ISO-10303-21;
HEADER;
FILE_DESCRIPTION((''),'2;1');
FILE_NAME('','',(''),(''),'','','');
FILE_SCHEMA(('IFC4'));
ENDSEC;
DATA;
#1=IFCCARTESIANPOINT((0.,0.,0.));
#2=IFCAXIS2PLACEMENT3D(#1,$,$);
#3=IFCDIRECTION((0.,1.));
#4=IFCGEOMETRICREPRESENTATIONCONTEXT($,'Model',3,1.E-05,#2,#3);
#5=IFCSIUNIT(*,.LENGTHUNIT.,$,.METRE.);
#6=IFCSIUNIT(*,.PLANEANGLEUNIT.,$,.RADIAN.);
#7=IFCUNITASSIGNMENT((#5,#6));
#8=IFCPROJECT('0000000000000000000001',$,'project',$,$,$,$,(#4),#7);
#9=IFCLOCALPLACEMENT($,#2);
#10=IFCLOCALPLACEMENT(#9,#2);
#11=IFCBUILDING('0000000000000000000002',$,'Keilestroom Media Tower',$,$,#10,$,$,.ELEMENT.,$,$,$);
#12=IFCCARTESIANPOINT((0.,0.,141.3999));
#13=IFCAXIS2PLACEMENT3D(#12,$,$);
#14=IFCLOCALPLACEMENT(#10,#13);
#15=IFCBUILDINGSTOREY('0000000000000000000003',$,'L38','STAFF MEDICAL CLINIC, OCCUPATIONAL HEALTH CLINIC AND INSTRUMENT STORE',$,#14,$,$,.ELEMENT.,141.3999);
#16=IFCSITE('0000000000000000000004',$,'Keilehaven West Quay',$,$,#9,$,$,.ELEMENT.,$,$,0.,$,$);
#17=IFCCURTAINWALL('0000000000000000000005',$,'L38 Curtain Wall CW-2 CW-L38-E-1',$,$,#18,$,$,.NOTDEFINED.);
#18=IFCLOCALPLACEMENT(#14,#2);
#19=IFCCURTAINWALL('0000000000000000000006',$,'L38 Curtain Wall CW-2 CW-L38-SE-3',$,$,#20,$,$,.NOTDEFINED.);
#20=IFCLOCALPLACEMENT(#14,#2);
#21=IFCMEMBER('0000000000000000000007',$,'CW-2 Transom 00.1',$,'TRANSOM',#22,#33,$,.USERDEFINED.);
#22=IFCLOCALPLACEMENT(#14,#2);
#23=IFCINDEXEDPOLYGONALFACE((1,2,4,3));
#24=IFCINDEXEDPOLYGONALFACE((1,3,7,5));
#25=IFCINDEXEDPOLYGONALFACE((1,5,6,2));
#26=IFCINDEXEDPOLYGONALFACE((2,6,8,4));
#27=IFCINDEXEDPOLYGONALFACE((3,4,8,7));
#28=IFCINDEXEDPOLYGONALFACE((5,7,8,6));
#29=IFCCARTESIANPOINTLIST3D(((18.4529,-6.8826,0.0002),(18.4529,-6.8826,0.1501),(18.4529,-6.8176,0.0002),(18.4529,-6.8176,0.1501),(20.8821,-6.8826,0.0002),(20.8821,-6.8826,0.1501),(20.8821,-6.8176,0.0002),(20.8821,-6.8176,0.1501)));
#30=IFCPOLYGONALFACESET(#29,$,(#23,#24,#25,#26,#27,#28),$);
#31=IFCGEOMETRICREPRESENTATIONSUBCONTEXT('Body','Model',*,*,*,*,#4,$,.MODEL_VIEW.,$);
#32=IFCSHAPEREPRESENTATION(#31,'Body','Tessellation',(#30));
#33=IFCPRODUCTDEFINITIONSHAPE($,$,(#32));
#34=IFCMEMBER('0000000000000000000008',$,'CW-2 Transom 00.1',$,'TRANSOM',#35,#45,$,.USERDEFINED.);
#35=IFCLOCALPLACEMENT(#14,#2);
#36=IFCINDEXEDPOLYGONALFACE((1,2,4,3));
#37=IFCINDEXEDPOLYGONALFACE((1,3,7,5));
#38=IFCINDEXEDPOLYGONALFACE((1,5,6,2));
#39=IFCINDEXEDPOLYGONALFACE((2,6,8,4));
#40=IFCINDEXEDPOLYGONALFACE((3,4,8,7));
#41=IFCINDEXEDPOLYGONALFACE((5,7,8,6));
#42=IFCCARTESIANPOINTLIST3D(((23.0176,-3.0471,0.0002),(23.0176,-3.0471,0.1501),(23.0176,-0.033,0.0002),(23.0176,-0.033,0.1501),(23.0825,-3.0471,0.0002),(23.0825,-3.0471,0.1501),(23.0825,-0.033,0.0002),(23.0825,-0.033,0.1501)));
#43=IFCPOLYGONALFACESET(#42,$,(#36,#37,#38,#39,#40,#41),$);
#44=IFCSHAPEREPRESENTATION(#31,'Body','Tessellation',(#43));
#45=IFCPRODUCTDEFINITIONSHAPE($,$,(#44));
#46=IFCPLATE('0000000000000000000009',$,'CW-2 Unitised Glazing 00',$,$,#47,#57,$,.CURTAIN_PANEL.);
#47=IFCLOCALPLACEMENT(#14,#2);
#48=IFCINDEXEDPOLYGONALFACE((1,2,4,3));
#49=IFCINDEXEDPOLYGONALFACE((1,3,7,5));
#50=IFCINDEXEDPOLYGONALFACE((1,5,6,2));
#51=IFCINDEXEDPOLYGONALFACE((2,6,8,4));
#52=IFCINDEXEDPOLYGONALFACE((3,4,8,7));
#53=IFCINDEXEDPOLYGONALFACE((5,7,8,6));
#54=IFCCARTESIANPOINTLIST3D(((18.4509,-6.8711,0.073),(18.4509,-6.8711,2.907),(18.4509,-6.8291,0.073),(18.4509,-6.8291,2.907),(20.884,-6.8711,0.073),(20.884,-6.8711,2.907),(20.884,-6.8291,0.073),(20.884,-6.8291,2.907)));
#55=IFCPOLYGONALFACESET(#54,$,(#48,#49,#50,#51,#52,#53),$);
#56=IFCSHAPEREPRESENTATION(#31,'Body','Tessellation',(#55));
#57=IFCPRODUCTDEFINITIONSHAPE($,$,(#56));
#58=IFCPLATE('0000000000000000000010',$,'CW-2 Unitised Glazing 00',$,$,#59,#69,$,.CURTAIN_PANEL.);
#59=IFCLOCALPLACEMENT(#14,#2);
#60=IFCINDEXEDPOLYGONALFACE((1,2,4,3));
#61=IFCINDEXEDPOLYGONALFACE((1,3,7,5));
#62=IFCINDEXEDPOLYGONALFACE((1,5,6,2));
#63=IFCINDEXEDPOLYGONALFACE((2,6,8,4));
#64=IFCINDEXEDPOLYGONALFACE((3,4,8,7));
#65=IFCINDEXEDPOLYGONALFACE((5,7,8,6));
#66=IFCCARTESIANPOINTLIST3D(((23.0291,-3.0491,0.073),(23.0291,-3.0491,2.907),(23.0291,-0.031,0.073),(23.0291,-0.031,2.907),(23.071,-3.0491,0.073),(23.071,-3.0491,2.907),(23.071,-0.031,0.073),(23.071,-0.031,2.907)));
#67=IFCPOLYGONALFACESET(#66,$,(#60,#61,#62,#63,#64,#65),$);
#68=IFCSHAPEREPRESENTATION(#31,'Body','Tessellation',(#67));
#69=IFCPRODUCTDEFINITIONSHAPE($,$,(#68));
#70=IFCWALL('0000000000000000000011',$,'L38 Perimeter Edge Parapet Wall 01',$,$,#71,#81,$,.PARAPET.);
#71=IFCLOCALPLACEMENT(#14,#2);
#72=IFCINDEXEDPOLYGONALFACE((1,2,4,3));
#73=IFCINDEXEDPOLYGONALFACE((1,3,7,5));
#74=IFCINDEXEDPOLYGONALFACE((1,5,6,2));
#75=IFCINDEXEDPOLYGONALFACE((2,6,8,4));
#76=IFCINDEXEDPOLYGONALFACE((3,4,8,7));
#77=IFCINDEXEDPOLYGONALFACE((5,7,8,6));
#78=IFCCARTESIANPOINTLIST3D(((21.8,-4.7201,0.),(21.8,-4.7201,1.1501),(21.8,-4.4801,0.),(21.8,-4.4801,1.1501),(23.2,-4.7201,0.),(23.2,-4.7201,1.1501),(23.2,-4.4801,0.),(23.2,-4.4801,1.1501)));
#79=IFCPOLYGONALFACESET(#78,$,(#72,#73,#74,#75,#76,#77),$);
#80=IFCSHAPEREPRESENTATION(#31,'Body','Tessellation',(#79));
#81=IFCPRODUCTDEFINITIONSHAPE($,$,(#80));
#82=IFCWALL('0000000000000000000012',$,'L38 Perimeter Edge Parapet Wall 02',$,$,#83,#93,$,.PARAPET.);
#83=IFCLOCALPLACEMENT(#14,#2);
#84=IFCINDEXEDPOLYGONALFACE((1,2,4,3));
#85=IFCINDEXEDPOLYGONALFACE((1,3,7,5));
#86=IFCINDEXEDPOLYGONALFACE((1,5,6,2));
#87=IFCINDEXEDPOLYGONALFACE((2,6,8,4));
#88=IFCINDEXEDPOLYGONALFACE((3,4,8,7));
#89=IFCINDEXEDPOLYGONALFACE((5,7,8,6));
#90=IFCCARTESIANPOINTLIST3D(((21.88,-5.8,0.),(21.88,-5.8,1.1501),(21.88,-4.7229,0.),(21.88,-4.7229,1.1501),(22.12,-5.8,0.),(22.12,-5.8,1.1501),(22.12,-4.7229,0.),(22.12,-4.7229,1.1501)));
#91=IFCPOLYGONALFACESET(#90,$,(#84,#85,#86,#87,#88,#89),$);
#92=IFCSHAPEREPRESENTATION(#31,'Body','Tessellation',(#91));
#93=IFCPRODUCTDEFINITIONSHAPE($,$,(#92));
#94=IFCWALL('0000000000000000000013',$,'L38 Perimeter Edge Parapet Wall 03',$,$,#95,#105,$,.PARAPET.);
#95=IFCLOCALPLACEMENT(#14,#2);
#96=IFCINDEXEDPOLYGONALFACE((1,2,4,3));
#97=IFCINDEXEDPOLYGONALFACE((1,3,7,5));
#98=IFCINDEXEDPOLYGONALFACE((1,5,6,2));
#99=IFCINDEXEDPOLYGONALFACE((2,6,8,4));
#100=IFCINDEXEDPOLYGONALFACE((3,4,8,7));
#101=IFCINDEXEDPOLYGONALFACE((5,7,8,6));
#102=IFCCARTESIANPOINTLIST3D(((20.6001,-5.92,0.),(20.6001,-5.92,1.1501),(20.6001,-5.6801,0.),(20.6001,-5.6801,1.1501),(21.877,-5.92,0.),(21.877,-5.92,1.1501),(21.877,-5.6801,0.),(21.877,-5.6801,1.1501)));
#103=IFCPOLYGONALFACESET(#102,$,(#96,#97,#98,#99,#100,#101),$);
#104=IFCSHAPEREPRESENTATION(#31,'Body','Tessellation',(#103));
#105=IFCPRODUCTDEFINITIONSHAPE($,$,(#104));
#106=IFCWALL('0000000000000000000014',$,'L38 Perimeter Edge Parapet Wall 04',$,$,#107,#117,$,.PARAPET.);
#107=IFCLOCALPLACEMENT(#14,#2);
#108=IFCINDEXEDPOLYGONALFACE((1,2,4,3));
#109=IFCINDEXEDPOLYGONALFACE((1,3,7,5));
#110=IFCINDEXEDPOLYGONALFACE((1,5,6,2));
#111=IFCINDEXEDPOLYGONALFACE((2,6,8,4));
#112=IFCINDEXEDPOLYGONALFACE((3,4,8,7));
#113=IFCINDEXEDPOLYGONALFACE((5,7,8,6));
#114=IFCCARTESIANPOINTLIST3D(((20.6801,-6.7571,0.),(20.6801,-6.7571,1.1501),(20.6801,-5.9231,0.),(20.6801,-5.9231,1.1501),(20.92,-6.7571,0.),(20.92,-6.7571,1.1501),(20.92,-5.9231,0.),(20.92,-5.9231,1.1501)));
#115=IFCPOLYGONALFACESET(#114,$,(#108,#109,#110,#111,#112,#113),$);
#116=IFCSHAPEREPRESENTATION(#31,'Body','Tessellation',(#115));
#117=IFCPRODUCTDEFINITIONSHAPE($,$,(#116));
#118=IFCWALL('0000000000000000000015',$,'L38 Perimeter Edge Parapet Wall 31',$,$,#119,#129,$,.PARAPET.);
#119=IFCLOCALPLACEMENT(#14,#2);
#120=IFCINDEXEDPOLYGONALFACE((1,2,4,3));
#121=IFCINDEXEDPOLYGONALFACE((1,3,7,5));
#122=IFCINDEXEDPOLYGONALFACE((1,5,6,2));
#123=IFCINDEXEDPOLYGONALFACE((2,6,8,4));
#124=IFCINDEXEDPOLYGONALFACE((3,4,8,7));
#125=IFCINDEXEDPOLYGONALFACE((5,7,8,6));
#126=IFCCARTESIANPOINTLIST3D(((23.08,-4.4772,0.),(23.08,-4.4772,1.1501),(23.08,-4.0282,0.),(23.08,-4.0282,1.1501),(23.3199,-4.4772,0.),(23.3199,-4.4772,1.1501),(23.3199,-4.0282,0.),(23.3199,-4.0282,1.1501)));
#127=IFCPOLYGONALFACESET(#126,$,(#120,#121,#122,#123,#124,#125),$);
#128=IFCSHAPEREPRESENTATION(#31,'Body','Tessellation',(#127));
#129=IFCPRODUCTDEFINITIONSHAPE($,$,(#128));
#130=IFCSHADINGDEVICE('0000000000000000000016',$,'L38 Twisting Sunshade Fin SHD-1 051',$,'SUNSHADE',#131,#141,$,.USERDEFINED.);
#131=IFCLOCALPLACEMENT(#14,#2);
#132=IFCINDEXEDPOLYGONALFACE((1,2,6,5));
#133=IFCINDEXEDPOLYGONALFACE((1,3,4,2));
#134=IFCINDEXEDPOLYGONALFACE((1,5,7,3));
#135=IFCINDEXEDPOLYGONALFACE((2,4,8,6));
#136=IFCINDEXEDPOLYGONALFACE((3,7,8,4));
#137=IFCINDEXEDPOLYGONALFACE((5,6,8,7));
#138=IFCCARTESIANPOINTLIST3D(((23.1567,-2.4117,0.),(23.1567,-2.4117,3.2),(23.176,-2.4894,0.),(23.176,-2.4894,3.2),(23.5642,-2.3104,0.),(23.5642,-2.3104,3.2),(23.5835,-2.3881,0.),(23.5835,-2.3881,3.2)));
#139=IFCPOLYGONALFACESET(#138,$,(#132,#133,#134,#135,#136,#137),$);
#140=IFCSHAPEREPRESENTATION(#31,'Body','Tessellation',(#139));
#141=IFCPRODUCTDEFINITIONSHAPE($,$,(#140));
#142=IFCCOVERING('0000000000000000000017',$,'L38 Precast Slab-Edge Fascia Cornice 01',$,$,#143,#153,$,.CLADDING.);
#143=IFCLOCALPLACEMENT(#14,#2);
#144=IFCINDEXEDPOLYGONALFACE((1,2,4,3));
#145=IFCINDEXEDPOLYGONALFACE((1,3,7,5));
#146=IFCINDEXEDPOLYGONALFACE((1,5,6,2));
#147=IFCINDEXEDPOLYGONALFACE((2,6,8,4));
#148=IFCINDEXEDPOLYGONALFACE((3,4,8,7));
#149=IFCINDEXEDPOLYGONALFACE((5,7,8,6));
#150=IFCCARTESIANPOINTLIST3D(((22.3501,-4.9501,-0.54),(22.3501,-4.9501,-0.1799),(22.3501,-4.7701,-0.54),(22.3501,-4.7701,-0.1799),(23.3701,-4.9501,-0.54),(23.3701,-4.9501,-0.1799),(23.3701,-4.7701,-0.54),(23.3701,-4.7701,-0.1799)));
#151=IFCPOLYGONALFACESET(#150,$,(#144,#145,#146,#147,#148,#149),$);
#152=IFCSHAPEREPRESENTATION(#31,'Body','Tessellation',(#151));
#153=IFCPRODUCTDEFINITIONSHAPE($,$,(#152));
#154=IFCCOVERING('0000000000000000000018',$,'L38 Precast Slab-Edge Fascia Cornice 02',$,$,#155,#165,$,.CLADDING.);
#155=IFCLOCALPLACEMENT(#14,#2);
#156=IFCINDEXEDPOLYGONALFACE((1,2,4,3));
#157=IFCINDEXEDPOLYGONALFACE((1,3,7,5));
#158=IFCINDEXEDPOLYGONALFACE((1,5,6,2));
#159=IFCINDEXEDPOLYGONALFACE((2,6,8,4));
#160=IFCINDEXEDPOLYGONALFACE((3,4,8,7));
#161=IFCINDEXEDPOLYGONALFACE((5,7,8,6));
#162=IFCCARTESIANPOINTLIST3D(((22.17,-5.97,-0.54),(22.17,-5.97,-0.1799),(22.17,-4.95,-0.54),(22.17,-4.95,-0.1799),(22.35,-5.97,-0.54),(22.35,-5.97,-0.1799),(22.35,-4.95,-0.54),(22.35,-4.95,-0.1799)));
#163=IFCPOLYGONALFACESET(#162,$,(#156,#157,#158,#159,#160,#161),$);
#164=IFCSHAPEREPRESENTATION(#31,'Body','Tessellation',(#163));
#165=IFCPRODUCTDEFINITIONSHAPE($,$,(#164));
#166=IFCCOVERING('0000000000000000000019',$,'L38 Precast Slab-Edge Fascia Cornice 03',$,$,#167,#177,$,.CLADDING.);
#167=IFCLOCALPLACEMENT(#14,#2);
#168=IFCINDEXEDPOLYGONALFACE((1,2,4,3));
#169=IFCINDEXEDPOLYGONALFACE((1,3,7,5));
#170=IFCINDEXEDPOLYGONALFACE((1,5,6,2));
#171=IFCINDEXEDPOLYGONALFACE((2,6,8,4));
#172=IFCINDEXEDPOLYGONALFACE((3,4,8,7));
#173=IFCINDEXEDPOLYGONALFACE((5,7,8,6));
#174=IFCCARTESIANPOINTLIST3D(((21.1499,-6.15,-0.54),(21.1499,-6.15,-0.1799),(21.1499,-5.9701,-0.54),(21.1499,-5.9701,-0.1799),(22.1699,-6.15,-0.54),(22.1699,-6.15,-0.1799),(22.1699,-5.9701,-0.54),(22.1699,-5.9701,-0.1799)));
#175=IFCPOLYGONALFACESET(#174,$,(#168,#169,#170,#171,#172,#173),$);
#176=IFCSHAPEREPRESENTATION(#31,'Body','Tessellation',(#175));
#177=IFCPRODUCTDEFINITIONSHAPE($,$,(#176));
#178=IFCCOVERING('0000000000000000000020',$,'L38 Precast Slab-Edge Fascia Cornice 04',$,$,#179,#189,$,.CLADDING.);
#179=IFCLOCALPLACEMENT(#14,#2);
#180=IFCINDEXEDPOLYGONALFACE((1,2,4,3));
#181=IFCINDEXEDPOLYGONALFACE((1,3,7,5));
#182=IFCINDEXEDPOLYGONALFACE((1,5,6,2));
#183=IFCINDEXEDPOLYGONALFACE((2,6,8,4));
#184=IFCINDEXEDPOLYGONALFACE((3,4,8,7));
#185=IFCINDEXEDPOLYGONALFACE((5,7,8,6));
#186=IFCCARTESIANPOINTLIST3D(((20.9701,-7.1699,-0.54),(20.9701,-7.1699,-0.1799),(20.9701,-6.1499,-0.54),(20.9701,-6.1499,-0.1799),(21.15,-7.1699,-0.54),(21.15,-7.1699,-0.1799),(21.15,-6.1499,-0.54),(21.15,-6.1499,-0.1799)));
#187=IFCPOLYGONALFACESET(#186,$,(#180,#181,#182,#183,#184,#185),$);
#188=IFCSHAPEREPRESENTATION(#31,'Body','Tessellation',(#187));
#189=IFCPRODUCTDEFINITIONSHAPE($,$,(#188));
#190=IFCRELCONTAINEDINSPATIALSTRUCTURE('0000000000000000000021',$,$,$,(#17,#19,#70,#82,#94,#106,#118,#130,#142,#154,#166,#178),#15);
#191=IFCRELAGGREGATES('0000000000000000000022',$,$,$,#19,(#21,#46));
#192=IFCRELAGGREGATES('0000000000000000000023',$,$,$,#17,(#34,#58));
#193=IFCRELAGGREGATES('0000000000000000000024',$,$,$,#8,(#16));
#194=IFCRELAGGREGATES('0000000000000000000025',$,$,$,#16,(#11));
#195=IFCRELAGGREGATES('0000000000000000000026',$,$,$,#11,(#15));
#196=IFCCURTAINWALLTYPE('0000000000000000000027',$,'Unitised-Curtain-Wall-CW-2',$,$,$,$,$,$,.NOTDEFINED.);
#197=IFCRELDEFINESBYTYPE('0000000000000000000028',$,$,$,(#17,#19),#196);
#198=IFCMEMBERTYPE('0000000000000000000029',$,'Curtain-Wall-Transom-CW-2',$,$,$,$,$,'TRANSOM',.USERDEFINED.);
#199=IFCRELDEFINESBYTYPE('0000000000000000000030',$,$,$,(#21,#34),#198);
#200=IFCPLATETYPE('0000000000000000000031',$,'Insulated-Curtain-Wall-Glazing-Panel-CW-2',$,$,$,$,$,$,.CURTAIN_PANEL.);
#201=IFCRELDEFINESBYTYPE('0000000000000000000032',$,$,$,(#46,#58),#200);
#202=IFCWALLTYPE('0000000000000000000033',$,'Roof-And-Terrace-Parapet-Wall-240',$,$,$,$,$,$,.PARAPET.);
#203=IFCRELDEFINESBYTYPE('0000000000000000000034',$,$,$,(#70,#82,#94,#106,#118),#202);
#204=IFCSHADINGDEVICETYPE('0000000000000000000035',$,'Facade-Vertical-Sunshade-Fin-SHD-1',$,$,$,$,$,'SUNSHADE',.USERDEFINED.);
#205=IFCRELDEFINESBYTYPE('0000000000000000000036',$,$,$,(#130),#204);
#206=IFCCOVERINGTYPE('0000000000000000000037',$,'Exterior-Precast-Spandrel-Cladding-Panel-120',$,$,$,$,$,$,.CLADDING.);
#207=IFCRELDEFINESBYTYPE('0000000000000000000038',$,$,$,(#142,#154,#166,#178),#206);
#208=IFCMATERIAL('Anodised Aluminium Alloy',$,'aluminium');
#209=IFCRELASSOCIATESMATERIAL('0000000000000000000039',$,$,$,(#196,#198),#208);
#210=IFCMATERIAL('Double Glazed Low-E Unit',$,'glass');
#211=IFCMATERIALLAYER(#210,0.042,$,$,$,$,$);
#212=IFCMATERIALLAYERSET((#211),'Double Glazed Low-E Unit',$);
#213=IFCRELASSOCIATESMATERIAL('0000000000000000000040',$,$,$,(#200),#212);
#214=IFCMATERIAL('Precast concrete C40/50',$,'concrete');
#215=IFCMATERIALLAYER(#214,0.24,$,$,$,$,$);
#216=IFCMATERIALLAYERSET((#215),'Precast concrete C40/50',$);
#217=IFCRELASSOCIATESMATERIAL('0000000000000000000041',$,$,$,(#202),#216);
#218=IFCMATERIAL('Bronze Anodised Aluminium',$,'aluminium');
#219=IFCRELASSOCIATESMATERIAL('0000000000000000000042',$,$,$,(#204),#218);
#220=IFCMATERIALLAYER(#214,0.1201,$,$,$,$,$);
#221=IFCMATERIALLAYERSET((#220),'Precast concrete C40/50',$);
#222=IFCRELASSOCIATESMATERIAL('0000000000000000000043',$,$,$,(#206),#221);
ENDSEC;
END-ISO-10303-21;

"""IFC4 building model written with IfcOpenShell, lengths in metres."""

from ifc_helpers import new_model, si_unit, direction, frame, frame_2d, origin, origin_2d, place, context, subcontext, project, spatial, rectangle, extrude, source, transform, mapped, material, layer, layer_set, material_profile, profile_set, type_object, element, aggregate, save


model = new_model("IFC4")

# Units and contexts
model_context = context("Model", 3, precision=1e-05, world=origin(), true_north=direction((0.0, 1.0)))
body_context = subcontext(model_context, "Body", "Model", "MODEL_VIEW")
ifc_project = project(units=[si_unit("LENGTHUNIT", "METRE"), si_unit("PLANEANGLEUNIT", "RADIAN")], contexts=[model_context])

# Site, building, storey
site_placement = place(None, origin())
site = spatial("IfcSite", under=ifc_project, at=site_placement, Name="Keilehaven West Quay", CompositionType="ELEMENT", RefElevation=0.0)
building_placement = place(site_placement, origin())
building = spatial("IfcBuilding", under=site, at=building_placement, Name="Keilestroom Media Tower", CompositionType="ELEMENT")
storey_placement = place(building_placement, frame((0.0, 0.0, 141.3999)))
storey = spatial("IfcBuildingStorey", under=building, at=storey_placement, Name="L38", Description="STAFF MEDICAL CLINIC, OCCUPATIONAL HEALTH CLINIC AND INSTRUMENT STORE", CompositionType="ELEMENT", Elevation=141.3999)

# Shared definitions
ifc_material_1 = material(Name="Precast concrete C40/50", Category="concrete")

# Curtain wall
ifc_material_2 = material(Name="Anodised Aluminium Alloy", Category="aluminium")
curtain_wall_type = type_object("IfcCurtainWallType", Name="Unitised-Curtain-Wall-CW-2", PredefinedType="NOTDEFINED", material=ifc_material_2)
curtain_wall_1_placement = place(storey_placement, origin())
curtain_wall_1 = element("IfcCurtainWall", 1, at=curtain_wall_1_placement, inside=storey, type_object=curtain_wall_type, Name="L38 Curtain Wall CW-2 CW-L38-E-1", PredefinedType="NOTDEFINED")

# Curtain wall, member
curtain_wall_2_placement = place(storey_placement, origin())
curtain_wall_2 = element("IfcCurtainWall", 2, at=curtain_wall_2_placement, inside=storey, type_object=curtain_wall_type, Name="L38 Curtain Wall CW-2 CW-L38-SE-3", PredefinedType="NOTDEFINED")
ifc_material_profile_1 = material_profile(ifc_material_2, rectangle(XDim=0.0649, YDim=0.1499, at=origin_2d()), Name="ALU TRANSOM 65x150")
ifc_profile_set_1 = profile_set([ifc_material_profile_1], Name="Anodised Aluminium Alloy")
member_type_1 = type_object("IfcMemberType", Name="Curtain-Wall-Transom-CW-2", ElementType="TRANSOM", PredefinedType="USERDEFINED", material=ifc_profile_set_1)
shared_shape_1 = source(origin(), body_context, "Body", "SweptSolid", [
    extrude(rectangle(XDim=0.0649, YDim=0.1499, at=origin_2d()), origin(), (0.0, 0.0, 1.0), 2.4292),
])
member_1_placement = place(storey_placement, frame((18.4529, -6.8501, 0.0752), z_axis=(1.0, 0.0, 0.0), x_axis=(0.0, 1.0, 0.0)))
member_1 = element("IfcMember", 3, at=member_1_placement, type_object=member_type_1, Name="CW-2 Transom 00.1", ObjectType="TRANSOM", PredefinedType="USERDEFINED", context=body_context, shape_type="MappedRepresentation", body=[
    mapped(shared_shape_1, transform((0.0, 0.0, 0.0), x_axis=(1.0, 0.0, 0.0), y_axis=(0.0, 1.0, 0.0), z_axis=(0.0, 0.0, 1.0), scale=1.0)),
])

# Member
shared_shape_2 = source(origin(), body_context, "Body", "SweptSolid", [
    extrude(rectangle(XDim=0.0649, YDim=0.1499, at=origin_2d()), origin(), (0.0, 0.0, 1.0), 3.0142),
])
member_2_placement = place(storey_placement, frame((23.05, -3.0471, 0.0752), z_axis=(0.0, 1.0, 0.0), x_axis=(-1.0, 0.0, 0.0)))
member_2 = element("IfcMember", 4, at=member_2_placement, type_object=member_type_1, Name="CW-2 Transom 00.1", ObjectType="TRANSOM", PredefinedType="USERDEFINED", context=body_context, shape_type="MappedRepresentation", body=[
    mapped(shared_shape_2, transform((0.0, 0.0, 0.0), x_axis=(1.0, 0.0, 0.0), y_axis=(0.0, 1.0, 0.0), z_axis=(0.0, 0.0, 1.0), scale=1.0)),
])

# Plates
ifc_material_3 = material(Name="Double Glazed Low-E Unit", Category="glass")
ifc_layer_1 = layer(ifc_material_3, 0.042)
ifc_layer_set_1 = layer_set([ifc_layer_1], Name="Double Glazed Low-E Unit")
plate_type = type_object("IfcPlateType", Name="Insulated-Curtain-Wall-Glazing-Panel-CW-2", PredefinedType="CURTAIN_PANEL", material=ifc_layer_set_1)
shared_shape_3 = source(origin(), body_context, "Body", "SweptSolid", [
    extrude(rectangle(XDim=2.4331, YDim=0.042, at=origin_2d()), origin(), (0.0, 0.0, 1.0), 2.834),
])
plate_1_placement = place(storey_placement, frame((19.6675, -6.8501, 0.073), z_axis=(0.0, 0.0, 1.0), x_axis=(1.0, 0.0, 0.0)))
plate_1 = element("IfcPlate", 5, at=plate_1_placement, type_object=plate_type, Name="CW-2 Unitised Glazing 00", PredefinedType="CURTAIN_PANEL", context=body_context, shape_type="MappedRepresentation", body=[
    mapped(shared_shape_3, transform((0.0, 0.0, 0.0), x_axis=(1.0, 0.0, 0.0), y_axis=(0.0, 1.0, 0.0), z_axis=(0.0, 0.0, 1.0), scale=1.0)),
])
aggregate(curtain_wall_2, [member_1, plate_1])
shared_shape_4 = source(origin(), body_context, "Body", "SweptSolid", [
    extrude(rectangle(XDim=3.0181, YDim=0.042, at=origin_2d()), origin(), (0.0, 0.0, 1.0), 2.834),
])
plate_2_placement = place(storey_placement, frame((23.05, -1.54, 0.073), z_axis=(0.0, 0.0, 1.0), x_axis=(0.0, 1.0, 0.0)))
plate_2 = element("IfcPlate", 6, at=plate_2_placement, type_object=plate_type, Name="CW-2 Unitised Glazing 00", PredefinedType="CURTAIN_PANEL", context=body_context, shape_type="MappedRepresentation", body=[
    mapped(shared_shape_4, transform((0.0, 0.0, 0.0), x_axis=(1.0, 0.0, 0.0), y_axis=(0.0, 1.0, 0.0), z_axis=(0.0, 0.0, 1.0), scale=1.0)),
])
aggregate(curtain_wall_1, [member_2, plate_2])

# Walls
ifc_layer_2 = layer(ifc_material_1, 0.24)
ifc_layer_set_2 = layer_set([ifc_layer_2], Name="Precast concrete C40/50")
wall_type = type_object("IfcWallType", Name="Roof-And-Terrace-Parapet-Wall-240", PredefinedType="PARAPET", material=ifc_layer_set_2)
wall_1_placement = place(storey_placement, frame((23.2, -4.6001, 0.0), z_axis=(0.0, 0.0, 1.0), x_axis=(-1.0, 0.0, 0.0)))
element("IfcWall", 7, at=wall_1_placement, inside=storey, type_object=wall_type, Name="L38 Perimeter Edge Parapet Wall 01", PredefinedType="PARAPET", context=body_context, shape_type="SweptSolid", body=[
    extrude(rectangle(XDim=1.3999, YDim=0.24, at=frame_2d((0.7, 0.0))), origin(), (0.0, 0.0, 1.0), 1.1501),
])
wall_2_placement = place(storey_placement, frame((22.0, -4.7229, 0.0), z_axis=(0.0, 0.0, 1.0), x_axis=(0.0, -1.0, 0.0)))
element("IfcWall", 8, at=wall_2_placement, inside=storey, type_object=wall_type, Name="L38 Perimeter Edge Parapet Wall 02", PredefinedType="PARAPET", context=body_context, shape_type="SweptSolid", body=[
    extrude(rectangle(XDim=1.0771, YDim=0.24, at=frame_2d((0.5386, 0.0))), origin(), (0.0, 0.0, 1.0), 1.1501),
])
wall_3_placement = place(storey_placement, frame((21.877, -5.8, 0.0), z_axis=(0.0, 0.0, 1.0), x_axis=(-1.0, 0.0, 0.0)))
element("IfcWall", 9, at=wall_3_placement, inside=storey, type_object=wall_type, Name="L38 Perimeter Edge Parapet Wall 03", PredefinedType="PARAPET", context=body_context, shape_type="SweptSolid", body=[
    extrude(rectangle(XDim=1.2769, YDim=0.24, at=frame_2d((0.6384, 0.0))), origin(), (0.0, 0.0, 1.0), 1.1501),
])
wall_4_placement = place(storey_placement, frame((20.8, -5.9231, 0.0), z_axis=(0.0, 0.0, 1.0), x_axis=(0.0, -1.0, 0.0)))
element("IfcWall", 10, at=wall_4_placement, inside=storey, type_object=wall_type, Name="L38 Perimeter Edge Parapet Wall 04", PredefinedType="PARAPET", context=body_context, shape_type="SweptSolid", body=[
    extrude(rectangle(XDim=0.834, YDim=0.24, at=frame_2d((0.417, 0.0))), origin(), (0.0, 0.0, 1.0), 1.1501),
])
wall_5_placement = place(storey_placement, frame((23.2, -4.0281, 0.0), z_axis=(0.0, 0.0, 1.0), x_axis=(0.0, -1.0, 0.0)))
element("IfcWall", 11, at=wall_5_placement, inside=storey, type_object=wall_type, Name="L38 Perimeter Edge Parapet Wall 31", PredefinedType="PARAPET", context=body_context, shape_type="SweptSolid", body=[
    extrude(rectangle(XDim=0.449, YDim=0.24, at=frame_2d((0.2246, 0.0))), origin(), (0.0, 0.0, 1.0), 1.1501),
])

# Shading device
ifc_material_4 = material(Name="Bronze Anodised Aluminium", Category="aluminium")
shading_device_type = type_object("IfcShadingDeviceType", Name="Facade-Vertical-Sunshade-Fin-SHD-1", ElementType="SUNSHADE", PredefinedType="USERDEFINED", material=ifc_material_4)
shared_shape_5 = source(origin(), body_context, "Body", "SweptSolid", [
    extrude(rectangle(XDim=0.4199, YDim=0.0801, at=origin_2d()), origin(), (0.0, 0.0, 1.0), 3.2),
])
shading_device_placement = place(storey_placement, frame((23.3701, -2.3999, 0.0), z_axis=(0.0, 0.0, 1.0), x_axis=(0.970422, 0.241414, 0.0)))
element("IfcShadingDevice", 12, at=shading_device_placement, inside=storey, type_object=shading_device_type, Name="L38 Twisting Sunshade Fin SHD-1 051", ObjectType="SUNSHADE", PredefinedType="USERDEFINED", context=body_context, shape_type="MappedRepresentation", body=[
    mapped(shared_shape_5, transform((0.0, 0.0, 0.0), x_axis=(1.0, 0.0, 0.0), y_axis=(0.0, 1.0, 0.0), z_axis=(0.0, 0.0, 1.0), scale=1.0)),
])

# Coverings
ifc_layer_3 = layer(ifc_material_1, 0.1201)
ifc_layer_set_3 = layer_set([ifc_layer_3], Name="Precast concrete C40/50")
covering_type = type_object("IfcCoveringType", Name="Exterior-Precast-Spandrel-Cladding-Panel-120", PredefinedType="CLADDING", material=ifc_layer_set_3)
shared_shape_6 = source(origin(), body_context, "Body", "SweptSolid", [
    extrude(rectangle(XDim=1.02, YDim=0.1799, at=origin_2d()), origin(), (0.0, 0.0, 1.0), 0.3601),
])
for number, where, z_axis, x_axis, name in (
    (13, (22.8601, -4.8601, -0.54), (0.0, 0.0, 1.0), (-1.0, 0.0, 0.0), "L38 Precast Slab-Edge Fascia Cornice 01"),
    (14, (22.26, -5.46, -0.54), (0.0, 0.0, 1.0), (0.0, -1.0, 0.0), "L38 Precast Slab-Edge Fascia Cornice 02"),
    (15, (21.6599, -6.0601, -0.54), (0.0, 0.0, 1.0), (-1.0, 0.0, 0.0), "L38 Precast Slab-Edge Fascia Cornice 03"),
    (16, (21.0601, -6.6599, -0.54), (0.0, 0.0, 1.0), (0.0, -1.0, 0.0), "L38 Precast Slab-Edge Fascia Cornice 04"),
):
    element("IfcCovering", number, at=place(storey_placement, frame(where, z_axis=z_axis, x_axis=x_axis)), inside=storey, type_object=covering_type, Name=name, PredefinedType="CLADDING", context=body_context, shape_type="MappedRepresentation", body=[
        mapped(shared_shape_6, transform((0.0, 0.0, 0.0), x_axis=(1.0, 0.0, 0.0), y_axis=(0.0, 1.0, 0.0), z_axis=(0.0, 0.0, 1.0), scale=1.0)),
    ])

save(model, "model.ifc")
